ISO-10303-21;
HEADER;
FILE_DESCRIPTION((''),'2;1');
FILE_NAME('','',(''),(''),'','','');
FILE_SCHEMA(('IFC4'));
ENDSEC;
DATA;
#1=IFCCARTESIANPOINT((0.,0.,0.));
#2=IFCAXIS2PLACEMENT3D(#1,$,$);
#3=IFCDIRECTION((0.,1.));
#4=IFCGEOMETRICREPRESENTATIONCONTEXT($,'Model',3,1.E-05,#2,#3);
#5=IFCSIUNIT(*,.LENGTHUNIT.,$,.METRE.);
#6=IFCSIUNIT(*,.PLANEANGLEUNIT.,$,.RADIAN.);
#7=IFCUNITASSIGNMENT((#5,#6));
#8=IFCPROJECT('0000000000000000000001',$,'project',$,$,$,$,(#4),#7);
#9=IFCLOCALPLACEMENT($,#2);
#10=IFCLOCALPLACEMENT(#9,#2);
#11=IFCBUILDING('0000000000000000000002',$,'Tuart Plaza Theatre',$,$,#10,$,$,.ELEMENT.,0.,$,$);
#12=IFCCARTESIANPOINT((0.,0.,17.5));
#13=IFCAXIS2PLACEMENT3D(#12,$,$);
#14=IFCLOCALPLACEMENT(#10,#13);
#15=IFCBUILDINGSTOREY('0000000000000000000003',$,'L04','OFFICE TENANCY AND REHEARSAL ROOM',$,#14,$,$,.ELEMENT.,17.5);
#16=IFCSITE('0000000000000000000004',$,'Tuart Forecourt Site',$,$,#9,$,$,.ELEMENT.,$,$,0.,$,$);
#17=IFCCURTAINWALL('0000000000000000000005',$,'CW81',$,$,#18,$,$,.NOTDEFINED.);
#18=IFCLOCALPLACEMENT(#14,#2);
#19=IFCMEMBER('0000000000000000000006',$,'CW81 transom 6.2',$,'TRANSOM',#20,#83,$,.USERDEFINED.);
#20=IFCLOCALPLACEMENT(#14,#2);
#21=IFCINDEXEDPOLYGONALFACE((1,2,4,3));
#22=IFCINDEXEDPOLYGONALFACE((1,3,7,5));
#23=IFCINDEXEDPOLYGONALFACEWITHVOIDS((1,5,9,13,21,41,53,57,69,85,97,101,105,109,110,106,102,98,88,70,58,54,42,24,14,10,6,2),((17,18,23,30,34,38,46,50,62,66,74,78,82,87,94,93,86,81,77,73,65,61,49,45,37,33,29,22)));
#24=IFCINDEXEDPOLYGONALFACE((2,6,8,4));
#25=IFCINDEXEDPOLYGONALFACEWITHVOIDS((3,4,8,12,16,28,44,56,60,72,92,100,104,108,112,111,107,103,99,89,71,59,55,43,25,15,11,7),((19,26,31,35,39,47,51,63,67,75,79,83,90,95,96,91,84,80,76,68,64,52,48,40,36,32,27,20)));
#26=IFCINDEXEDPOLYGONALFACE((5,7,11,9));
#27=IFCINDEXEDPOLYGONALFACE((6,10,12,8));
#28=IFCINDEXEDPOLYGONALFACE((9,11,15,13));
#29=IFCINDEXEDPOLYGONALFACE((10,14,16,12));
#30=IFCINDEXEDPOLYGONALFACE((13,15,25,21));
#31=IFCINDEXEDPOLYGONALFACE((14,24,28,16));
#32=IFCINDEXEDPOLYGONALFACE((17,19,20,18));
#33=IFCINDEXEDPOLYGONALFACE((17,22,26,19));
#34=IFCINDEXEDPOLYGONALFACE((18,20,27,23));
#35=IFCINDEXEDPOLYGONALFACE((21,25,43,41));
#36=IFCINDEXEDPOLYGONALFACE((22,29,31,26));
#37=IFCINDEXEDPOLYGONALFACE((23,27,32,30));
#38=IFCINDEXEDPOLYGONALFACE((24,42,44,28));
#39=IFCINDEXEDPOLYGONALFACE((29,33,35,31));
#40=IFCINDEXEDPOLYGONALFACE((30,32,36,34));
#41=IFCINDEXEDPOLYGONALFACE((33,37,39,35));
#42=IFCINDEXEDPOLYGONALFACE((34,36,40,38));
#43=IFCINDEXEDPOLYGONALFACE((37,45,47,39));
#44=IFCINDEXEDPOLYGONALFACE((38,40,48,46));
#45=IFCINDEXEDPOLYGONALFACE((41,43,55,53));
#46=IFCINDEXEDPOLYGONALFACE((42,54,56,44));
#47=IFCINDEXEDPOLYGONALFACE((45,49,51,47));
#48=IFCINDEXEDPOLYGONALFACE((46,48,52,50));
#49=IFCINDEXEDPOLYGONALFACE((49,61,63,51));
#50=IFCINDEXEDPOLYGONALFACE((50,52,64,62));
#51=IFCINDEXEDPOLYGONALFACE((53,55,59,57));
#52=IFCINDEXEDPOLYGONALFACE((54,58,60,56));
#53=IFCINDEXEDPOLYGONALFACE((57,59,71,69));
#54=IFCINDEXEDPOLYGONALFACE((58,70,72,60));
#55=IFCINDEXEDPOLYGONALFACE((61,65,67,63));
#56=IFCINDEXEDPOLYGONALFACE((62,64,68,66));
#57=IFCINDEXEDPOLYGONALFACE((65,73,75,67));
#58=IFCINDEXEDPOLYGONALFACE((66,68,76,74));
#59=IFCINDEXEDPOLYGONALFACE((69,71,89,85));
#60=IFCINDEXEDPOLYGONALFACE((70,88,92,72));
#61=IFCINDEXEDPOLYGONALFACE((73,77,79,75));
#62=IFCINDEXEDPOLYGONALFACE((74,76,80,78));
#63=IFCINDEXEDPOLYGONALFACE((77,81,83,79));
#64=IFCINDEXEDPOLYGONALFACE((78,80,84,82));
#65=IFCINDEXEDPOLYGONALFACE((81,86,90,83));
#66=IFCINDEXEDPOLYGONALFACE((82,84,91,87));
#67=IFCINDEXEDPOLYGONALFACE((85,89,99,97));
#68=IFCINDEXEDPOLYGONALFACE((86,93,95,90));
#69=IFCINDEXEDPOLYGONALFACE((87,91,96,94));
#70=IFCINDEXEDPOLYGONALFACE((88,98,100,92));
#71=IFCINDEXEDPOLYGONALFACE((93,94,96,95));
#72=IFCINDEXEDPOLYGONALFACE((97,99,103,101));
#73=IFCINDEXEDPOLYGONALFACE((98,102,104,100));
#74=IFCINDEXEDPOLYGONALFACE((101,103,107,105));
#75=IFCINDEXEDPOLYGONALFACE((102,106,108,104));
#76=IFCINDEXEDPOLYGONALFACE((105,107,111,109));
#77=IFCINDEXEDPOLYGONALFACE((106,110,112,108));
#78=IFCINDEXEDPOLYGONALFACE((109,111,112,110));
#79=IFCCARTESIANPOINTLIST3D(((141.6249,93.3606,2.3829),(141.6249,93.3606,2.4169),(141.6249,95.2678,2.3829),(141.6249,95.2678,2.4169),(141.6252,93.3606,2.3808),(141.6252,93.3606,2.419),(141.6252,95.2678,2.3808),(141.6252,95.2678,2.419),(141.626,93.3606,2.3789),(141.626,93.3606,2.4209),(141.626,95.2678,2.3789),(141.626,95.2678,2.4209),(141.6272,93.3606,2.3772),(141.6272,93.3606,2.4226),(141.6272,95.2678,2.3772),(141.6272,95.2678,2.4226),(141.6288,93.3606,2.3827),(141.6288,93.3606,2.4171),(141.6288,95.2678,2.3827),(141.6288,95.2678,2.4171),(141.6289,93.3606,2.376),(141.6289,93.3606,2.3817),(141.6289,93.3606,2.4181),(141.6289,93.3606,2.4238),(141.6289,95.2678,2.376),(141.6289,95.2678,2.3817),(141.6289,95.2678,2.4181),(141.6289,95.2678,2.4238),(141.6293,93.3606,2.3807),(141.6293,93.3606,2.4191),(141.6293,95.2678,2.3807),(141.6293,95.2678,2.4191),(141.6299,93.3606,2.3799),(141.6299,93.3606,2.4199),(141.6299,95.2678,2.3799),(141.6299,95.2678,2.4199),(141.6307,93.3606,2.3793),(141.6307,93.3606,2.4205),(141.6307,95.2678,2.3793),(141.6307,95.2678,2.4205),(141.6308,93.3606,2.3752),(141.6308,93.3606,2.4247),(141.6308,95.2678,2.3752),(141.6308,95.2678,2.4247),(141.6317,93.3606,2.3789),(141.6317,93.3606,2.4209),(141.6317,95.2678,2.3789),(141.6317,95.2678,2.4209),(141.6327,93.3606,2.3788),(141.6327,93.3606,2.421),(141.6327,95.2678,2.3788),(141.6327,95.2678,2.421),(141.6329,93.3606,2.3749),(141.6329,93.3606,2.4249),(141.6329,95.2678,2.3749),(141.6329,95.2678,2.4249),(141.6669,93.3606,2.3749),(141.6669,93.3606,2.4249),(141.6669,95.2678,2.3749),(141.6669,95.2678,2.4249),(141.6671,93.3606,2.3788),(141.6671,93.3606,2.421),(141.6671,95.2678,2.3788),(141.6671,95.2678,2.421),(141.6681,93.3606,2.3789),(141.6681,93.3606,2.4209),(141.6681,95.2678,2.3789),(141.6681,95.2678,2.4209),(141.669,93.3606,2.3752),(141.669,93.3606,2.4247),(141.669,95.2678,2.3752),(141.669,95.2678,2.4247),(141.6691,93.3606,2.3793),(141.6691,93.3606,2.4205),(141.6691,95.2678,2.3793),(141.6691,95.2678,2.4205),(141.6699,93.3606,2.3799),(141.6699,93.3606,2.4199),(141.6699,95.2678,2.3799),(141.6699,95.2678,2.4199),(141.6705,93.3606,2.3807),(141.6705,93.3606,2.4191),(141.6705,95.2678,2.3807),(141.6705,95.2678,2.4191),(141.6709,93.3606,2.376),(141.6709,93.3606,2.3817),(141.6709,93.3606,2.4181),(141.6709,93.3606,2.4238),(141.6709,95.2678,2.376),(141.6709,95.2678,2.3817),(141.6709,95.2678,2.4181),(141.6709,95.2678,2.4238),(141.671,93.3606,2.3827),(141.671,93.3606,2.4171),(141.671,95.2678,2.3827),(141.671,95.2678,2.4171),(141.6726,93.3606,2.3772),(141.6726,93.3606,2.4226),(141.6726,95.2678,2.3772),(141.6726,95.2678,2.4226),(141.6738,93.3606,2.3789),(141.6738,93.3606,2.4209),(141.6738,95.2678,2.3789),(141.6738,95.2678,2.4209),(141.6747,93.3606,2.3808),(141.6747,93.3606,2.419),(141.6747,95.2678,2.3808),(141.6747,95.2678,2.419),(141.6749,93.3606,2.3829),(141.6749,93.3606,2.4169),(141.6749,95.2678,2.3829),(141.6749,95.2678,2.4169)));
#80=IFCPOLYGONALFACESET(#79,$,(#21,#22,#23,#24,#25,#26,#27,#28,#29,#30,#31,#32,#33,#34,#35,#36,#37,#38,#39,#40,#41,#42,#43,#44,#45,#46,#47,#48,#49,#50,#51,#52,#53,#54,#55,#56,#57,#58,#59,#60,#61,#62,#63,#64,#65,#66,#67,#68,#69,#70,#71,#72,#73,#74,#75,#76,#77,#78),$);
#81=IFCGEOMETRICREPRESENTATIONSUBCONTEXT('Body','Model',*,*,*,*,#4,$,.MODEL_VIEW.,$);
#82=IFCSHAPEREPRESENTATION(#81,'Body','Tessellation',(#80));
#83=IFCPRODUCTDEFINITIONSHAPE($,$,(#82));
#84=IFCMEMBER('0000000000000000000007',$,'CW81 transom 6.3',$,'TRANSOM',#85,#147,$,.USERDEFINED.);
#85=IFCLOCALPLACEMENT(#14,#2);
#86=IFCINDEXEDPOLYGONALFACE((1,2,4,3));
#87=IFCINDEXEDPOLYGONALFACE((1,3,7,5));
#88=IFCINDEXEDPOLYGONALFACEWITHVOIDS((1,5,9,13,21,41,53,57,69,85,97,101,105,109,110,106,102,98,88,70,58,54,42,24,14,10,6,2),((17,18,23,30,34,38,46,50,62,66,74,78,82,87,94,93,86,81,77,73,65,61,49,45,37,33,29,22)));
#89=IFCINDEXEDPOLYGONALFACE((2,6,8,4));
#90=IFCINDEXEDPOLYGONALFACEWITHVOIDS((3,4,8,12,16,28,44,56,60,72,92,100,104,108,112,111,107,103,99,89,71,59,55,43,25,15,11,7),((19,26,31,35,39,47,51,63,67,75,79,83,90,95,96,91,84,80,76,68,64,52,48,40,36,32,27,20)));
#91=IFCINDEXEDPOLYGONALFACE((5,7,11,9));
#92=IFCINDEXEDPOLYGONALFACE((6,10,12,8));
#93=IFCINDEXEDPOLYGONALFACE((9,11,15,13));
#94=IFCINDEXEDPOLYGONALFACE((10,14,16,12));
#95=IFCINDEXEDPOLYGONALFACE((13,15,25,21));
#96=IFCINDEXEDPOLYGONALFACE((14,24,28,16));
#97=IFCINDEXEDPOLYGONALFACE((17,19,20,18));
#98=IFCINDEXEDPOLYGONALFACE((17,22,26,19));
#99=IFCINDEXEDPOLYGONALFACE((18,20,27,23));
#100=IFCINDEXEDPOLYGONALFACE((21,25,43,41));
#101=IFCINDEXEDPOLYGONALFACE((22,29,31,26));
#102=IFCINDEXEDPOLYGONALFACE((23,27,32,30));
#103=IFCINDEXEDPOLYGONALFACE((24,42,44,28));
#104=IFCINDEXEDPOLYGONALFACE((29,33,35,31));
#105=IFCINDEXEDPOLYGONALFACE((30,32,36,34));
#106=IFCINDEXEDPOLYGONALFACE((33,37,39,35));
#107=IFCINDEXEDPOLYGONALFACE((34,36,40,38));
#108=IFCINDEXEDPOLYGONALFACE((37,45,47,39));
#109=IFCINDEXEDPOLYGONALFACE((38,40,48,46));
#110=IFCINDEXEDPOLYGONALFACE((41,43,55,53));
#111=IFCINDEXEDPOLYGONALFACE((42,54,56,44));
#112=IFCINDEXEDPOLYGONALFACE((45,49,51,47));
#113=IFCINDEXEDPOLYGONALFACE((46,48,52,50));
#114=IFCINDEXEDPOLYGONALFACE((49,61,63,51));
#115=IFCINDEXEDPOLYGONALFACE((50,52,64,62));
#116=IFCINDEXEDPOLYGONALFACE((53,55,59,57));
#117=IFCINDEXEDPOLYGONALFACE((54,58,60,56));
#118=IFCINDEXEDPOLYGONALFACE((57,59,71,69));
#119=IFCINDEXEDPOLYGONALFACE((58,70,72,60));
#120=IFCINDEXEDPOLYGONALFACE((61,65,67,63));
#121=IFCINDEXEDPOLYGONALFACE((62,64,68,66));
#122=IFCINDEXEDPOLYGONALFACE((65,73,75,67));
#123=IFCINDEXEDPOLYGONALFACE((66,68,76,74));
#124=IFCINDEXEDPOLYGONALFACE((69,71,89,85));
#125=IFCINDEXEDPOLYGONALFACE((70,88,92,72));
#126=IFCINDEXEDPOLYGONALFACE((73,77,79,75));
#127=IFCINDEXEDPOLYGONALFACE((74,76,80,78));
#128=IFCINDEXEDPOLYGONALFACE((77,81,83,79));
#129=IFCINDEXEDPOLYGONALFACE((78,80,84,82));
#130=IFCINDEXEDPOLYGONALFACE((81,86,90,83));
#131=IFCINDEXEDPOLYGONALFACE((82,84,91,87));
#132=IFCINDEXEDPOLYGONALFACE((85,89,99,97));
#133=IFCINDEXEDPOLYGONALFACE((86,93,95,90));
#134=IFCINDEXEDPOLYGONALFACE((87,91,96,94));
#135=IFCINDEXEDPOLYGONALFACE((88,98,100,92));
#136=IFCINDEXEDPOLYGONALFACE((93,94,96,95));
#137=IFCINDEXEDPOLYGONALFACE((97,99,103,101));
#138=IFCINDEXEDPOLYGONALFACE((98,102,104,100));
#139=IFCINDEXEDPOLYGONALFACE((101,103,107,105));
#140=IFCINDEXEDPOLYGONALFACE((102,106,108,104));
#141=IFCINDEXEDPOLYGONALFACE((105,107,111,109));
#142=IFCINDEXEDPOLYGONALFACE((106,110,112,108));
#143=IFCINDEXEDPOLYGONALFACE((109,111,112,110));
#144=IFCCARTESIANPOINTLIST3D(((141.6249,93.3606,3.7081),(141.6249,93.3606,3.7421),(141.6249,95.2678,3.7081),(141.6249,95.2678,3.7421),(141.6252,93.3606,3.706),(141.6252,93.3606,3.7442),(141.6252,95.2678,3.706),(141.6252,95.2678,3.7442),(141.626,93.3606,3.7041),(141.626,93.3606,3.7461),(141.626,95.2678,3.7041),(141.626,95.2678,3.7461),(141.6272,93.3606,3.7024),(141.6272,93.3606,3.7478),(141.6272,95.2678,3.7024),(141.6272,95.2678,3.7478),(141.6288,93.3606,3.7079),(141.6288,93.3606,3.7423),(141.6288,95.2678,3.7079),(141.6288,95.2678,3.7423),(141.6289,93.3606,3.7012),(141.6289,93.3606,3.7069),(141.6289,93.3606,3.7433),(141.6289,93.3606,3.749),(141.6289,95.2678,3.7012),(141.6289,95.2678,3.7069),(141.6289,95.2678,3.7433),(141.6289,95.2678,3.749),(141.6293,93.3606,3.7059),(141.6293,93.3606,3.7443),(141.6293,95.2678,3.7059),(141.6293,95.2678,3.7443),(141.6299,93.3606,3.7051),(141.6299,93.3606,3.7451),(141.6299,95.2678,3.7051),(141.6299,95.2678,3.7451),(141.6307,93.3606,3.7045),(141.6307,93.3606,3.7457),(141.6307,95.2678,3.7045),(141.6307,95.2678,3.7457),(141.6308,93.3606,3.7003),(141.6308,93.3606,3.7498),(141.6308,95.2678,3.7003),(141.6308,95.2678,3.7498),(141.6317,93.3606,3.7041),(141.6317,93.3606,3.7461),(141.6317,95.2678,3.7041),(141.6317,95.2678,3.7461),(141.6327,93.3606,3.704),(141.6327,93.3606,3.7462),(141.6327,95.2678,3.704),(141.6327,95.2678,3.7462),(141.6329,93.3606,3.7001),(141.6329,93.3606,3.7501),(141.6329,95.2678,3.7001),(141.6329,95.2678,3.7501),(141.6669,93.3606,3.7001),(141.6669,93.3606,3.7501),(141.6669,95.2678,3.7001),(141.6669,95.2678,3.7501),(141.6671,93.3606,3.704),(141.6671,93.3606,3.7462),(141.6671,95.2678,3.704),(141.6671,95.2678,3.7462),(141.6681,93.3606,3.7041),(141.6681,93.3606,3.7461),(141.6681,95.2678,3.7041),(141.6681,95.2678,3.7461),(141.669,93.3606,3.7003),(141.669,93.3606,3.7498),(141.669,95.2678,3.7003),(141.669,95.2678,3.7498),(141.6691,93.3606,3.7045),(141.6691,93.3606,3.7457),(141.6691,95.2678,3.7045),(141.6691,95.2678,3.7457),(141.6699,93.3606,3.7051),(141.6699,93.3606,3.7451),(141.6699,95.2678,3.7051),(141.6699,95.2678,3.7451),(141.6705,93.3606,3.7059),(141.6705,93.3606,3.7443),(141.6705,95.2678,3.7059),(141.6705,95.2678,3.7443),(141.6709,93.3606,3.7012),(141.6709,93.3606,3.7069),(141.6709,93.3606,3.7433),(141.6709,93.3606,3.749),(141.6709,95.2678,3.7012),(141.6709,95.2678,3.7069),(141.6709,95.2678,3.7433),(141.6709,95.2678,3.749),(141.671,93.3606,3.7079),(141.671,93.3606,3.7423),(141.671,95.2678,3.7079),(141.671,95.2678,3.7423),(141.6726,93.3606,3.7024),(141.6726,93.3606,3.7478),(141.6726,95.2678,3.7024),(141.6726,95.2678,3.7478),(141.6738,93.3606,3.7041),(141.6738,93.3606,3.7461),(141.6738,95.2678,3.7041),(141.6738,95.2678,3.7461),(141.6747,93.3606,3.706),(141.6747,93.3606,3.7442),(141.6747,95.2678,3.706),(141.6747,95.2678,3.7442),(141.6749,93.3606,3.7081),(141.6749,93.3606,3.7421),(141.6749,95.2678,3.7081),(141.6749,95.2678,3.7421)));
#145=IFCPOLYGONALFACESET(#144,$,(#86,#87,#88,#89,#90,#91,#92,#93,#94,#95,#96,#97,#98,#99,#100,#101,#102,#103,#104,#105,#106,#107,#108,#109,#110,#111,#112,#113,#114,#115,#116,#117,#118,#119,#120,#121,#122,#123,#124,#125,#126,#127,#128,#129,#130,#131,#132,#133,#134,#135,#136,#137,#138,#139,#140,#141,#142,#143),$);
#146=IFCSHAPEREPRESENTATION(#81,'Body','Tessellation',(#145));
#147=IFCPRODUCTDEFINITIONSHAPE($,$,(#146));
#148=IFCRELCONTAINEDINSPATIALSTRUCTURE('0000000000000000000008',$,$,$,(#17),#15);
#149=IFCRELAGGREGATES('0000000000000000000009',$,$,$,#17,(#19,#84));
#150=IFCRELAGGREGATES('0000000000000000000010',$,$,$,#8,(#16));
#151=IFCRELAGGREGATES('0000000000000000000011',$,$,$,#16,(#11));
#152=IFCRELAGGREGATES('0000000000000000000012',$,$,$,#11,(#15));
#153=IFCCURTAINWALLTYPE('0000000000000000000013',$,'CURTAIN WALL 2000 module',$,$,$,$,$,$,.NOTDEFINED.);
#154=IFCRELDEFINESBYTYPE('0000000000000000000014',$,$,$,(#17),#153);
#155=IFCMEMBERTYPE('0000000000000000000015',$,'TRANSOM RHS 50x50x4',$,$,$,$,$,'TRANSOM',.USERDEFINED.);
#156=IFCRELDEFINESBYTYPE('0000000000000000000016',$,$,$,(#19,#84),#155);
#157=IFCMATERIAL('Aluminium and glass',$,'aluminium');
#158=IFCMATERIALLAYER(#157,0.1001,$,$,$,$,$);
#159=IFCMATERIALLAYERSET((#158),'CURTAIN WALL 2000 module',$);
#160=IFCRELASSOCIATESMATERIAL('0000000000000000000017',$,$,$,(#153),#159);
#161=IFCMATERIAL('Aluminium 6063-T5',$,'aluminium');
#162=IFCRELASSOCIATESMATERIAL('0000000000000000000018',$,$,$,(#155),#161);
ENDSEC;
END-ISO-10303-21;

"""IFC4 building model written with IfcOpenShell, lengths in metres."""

from ifc_helpers import new_model, si_unit, direction, frame, origin, origin_2d, place, context, subcontext, project, spatial, hollow_rectangle, extrude, material, layer, layer_set, material_profile, profile_set, type_object, element, aggregate, save


model = new_model("IFC4")

# Units and contexts
model_context = context("Model", 3, precision=1e-05, world=origin(), true_north=direction((0.0, 1.0)))
body_context = subcontext(model_context, "Body", "Model", "MODEL_VIEW")
ifc_project = project(units=[si_unit("LENGTHUNIT", "METRE"), si_unit("PLANEANGLEUNIT", "RADIAN")], contexts=[model_context])

# Site, building, storey
site_placement = place(None, origin())
site = spatial("IfcSite", under=ifc_project, at=site_placement, Name="Tuart Forecourt Site", CompositionType="ELEMENT", RefElevation=0.0)
building_placement = place(site_placement, origin())
building = spatial("IfcBuilding", under=site, at=building_placement, Name="Tuart Plaza Theatre", CompositionType="ELEMENT", ElevationOfRefHeight=0.0)
storey_placement = place(building_placement, frame((0.0, 0.0, 17.5)))
storey = spatial("IfcBuildingStorey", under=building, at=storey_placement, Name="L04", Description="OFFICE TENANCY AND REHEARSAL ROOM", CompositionType="ELEMENT", Elevation=17.5)

# Curtain wall, members
ifc_material_1 = material(Name="Aluminium and glass", Category="aluminium")
ifc_layer_1 = layer(ifc_material_1, 0.1001)
ifc_layer_set_1 = layer_set([ifc_layer_1], Name="CURTAIN WALL 2000 module")
curtain_wall_type = type_object("IfcCurtainWallType", Name="CURTAIN WALL 2000 module", PredefinedType="NOTDEFINED", material=ifc_layer_set_1)
curtain_wall_placement = place(storey_placement, origin())
curtain_wall = element("IfcCurtainWall", 1, at=curtain_wall_placement, inside=storey, type_object=curtain_wall_type, Name="CW81", PredefinedType="NOTDEFINED")
ifc_material_2 = material(Name="Aluminium 6063-T5", Category="aluminium")
ifc_material_profile_1 = material_profile(ifc_material_2, hollow_rectangle(XDim=0.05, YDim=0.05, WallThickness=0.0039, InnerFilletRadius=0.0039, OuterFilletRadius=0.0081, at=origin_2d()), Name="RHS 50x50x4")
ifc_profile_set_1 = profile_set([ifc_material_profile_1], Name="Aluminium 6063-T5")
member_type_1 = type_object("IfcMemberType", Name="TRANSOM RHS 50x50x4", ElementType="TRANSOM", PredefinedType="USERDEFINED", material=ifc_profile_set_1)
member_1_placement = place(storey_placement, frame((141.6499, 93.3606, 2.3999), z_axis=(0.0, 1.0, 0.0), x_axis=(-1.0, 0.0, 0.0)))
member_1 = element("IfcMember", 2, at=member_1_placement, type_object=member_type_1, Name="CW81 transom 6.2", ObjectType="TRANSOM", PredefinedType="USERDEFINED", context=body_context, shape_type="SweptSolid", body=[
    extrude(hollow_rectangle(XDim=0.05, YDim=0.05, WallThickness=0.0039, InnerFilletRadius=0.0039, OuterFilletRadius=0.0081, at=origin_2d()), origin(), (0.0, 0.0, 1.0), 1.9072),
])
member_2_placement = place(storey_placement, frame((141.6499, 93.3606, 3.7251), z_axis=(0.0, 1.0, 0.0), x_axis=(-1.0, 0.0, 0.0)))
member_2 = element("IfcMember", 3, at=member_2_placement, type_object=member_type_1, Name="CW81 transom 6.3", ObjectType="TRANSOM", PredefinedType="USERDEFINED", context=body_context, shape_type="SweptSolid", body=[
    extrude(hollow_rectangle(XDim=0.05, YDim=0.05, WallThickness=0.0039, InnerFilletRadius=0.0039, OuterFilletRadius=0.0081, at=origin_2d()), origin(), (0.0, 0.0, 1.0), 1.9072),
])
aggregate(curtain_wall, [member_1, member_2])

save(model, "model.ifc")
